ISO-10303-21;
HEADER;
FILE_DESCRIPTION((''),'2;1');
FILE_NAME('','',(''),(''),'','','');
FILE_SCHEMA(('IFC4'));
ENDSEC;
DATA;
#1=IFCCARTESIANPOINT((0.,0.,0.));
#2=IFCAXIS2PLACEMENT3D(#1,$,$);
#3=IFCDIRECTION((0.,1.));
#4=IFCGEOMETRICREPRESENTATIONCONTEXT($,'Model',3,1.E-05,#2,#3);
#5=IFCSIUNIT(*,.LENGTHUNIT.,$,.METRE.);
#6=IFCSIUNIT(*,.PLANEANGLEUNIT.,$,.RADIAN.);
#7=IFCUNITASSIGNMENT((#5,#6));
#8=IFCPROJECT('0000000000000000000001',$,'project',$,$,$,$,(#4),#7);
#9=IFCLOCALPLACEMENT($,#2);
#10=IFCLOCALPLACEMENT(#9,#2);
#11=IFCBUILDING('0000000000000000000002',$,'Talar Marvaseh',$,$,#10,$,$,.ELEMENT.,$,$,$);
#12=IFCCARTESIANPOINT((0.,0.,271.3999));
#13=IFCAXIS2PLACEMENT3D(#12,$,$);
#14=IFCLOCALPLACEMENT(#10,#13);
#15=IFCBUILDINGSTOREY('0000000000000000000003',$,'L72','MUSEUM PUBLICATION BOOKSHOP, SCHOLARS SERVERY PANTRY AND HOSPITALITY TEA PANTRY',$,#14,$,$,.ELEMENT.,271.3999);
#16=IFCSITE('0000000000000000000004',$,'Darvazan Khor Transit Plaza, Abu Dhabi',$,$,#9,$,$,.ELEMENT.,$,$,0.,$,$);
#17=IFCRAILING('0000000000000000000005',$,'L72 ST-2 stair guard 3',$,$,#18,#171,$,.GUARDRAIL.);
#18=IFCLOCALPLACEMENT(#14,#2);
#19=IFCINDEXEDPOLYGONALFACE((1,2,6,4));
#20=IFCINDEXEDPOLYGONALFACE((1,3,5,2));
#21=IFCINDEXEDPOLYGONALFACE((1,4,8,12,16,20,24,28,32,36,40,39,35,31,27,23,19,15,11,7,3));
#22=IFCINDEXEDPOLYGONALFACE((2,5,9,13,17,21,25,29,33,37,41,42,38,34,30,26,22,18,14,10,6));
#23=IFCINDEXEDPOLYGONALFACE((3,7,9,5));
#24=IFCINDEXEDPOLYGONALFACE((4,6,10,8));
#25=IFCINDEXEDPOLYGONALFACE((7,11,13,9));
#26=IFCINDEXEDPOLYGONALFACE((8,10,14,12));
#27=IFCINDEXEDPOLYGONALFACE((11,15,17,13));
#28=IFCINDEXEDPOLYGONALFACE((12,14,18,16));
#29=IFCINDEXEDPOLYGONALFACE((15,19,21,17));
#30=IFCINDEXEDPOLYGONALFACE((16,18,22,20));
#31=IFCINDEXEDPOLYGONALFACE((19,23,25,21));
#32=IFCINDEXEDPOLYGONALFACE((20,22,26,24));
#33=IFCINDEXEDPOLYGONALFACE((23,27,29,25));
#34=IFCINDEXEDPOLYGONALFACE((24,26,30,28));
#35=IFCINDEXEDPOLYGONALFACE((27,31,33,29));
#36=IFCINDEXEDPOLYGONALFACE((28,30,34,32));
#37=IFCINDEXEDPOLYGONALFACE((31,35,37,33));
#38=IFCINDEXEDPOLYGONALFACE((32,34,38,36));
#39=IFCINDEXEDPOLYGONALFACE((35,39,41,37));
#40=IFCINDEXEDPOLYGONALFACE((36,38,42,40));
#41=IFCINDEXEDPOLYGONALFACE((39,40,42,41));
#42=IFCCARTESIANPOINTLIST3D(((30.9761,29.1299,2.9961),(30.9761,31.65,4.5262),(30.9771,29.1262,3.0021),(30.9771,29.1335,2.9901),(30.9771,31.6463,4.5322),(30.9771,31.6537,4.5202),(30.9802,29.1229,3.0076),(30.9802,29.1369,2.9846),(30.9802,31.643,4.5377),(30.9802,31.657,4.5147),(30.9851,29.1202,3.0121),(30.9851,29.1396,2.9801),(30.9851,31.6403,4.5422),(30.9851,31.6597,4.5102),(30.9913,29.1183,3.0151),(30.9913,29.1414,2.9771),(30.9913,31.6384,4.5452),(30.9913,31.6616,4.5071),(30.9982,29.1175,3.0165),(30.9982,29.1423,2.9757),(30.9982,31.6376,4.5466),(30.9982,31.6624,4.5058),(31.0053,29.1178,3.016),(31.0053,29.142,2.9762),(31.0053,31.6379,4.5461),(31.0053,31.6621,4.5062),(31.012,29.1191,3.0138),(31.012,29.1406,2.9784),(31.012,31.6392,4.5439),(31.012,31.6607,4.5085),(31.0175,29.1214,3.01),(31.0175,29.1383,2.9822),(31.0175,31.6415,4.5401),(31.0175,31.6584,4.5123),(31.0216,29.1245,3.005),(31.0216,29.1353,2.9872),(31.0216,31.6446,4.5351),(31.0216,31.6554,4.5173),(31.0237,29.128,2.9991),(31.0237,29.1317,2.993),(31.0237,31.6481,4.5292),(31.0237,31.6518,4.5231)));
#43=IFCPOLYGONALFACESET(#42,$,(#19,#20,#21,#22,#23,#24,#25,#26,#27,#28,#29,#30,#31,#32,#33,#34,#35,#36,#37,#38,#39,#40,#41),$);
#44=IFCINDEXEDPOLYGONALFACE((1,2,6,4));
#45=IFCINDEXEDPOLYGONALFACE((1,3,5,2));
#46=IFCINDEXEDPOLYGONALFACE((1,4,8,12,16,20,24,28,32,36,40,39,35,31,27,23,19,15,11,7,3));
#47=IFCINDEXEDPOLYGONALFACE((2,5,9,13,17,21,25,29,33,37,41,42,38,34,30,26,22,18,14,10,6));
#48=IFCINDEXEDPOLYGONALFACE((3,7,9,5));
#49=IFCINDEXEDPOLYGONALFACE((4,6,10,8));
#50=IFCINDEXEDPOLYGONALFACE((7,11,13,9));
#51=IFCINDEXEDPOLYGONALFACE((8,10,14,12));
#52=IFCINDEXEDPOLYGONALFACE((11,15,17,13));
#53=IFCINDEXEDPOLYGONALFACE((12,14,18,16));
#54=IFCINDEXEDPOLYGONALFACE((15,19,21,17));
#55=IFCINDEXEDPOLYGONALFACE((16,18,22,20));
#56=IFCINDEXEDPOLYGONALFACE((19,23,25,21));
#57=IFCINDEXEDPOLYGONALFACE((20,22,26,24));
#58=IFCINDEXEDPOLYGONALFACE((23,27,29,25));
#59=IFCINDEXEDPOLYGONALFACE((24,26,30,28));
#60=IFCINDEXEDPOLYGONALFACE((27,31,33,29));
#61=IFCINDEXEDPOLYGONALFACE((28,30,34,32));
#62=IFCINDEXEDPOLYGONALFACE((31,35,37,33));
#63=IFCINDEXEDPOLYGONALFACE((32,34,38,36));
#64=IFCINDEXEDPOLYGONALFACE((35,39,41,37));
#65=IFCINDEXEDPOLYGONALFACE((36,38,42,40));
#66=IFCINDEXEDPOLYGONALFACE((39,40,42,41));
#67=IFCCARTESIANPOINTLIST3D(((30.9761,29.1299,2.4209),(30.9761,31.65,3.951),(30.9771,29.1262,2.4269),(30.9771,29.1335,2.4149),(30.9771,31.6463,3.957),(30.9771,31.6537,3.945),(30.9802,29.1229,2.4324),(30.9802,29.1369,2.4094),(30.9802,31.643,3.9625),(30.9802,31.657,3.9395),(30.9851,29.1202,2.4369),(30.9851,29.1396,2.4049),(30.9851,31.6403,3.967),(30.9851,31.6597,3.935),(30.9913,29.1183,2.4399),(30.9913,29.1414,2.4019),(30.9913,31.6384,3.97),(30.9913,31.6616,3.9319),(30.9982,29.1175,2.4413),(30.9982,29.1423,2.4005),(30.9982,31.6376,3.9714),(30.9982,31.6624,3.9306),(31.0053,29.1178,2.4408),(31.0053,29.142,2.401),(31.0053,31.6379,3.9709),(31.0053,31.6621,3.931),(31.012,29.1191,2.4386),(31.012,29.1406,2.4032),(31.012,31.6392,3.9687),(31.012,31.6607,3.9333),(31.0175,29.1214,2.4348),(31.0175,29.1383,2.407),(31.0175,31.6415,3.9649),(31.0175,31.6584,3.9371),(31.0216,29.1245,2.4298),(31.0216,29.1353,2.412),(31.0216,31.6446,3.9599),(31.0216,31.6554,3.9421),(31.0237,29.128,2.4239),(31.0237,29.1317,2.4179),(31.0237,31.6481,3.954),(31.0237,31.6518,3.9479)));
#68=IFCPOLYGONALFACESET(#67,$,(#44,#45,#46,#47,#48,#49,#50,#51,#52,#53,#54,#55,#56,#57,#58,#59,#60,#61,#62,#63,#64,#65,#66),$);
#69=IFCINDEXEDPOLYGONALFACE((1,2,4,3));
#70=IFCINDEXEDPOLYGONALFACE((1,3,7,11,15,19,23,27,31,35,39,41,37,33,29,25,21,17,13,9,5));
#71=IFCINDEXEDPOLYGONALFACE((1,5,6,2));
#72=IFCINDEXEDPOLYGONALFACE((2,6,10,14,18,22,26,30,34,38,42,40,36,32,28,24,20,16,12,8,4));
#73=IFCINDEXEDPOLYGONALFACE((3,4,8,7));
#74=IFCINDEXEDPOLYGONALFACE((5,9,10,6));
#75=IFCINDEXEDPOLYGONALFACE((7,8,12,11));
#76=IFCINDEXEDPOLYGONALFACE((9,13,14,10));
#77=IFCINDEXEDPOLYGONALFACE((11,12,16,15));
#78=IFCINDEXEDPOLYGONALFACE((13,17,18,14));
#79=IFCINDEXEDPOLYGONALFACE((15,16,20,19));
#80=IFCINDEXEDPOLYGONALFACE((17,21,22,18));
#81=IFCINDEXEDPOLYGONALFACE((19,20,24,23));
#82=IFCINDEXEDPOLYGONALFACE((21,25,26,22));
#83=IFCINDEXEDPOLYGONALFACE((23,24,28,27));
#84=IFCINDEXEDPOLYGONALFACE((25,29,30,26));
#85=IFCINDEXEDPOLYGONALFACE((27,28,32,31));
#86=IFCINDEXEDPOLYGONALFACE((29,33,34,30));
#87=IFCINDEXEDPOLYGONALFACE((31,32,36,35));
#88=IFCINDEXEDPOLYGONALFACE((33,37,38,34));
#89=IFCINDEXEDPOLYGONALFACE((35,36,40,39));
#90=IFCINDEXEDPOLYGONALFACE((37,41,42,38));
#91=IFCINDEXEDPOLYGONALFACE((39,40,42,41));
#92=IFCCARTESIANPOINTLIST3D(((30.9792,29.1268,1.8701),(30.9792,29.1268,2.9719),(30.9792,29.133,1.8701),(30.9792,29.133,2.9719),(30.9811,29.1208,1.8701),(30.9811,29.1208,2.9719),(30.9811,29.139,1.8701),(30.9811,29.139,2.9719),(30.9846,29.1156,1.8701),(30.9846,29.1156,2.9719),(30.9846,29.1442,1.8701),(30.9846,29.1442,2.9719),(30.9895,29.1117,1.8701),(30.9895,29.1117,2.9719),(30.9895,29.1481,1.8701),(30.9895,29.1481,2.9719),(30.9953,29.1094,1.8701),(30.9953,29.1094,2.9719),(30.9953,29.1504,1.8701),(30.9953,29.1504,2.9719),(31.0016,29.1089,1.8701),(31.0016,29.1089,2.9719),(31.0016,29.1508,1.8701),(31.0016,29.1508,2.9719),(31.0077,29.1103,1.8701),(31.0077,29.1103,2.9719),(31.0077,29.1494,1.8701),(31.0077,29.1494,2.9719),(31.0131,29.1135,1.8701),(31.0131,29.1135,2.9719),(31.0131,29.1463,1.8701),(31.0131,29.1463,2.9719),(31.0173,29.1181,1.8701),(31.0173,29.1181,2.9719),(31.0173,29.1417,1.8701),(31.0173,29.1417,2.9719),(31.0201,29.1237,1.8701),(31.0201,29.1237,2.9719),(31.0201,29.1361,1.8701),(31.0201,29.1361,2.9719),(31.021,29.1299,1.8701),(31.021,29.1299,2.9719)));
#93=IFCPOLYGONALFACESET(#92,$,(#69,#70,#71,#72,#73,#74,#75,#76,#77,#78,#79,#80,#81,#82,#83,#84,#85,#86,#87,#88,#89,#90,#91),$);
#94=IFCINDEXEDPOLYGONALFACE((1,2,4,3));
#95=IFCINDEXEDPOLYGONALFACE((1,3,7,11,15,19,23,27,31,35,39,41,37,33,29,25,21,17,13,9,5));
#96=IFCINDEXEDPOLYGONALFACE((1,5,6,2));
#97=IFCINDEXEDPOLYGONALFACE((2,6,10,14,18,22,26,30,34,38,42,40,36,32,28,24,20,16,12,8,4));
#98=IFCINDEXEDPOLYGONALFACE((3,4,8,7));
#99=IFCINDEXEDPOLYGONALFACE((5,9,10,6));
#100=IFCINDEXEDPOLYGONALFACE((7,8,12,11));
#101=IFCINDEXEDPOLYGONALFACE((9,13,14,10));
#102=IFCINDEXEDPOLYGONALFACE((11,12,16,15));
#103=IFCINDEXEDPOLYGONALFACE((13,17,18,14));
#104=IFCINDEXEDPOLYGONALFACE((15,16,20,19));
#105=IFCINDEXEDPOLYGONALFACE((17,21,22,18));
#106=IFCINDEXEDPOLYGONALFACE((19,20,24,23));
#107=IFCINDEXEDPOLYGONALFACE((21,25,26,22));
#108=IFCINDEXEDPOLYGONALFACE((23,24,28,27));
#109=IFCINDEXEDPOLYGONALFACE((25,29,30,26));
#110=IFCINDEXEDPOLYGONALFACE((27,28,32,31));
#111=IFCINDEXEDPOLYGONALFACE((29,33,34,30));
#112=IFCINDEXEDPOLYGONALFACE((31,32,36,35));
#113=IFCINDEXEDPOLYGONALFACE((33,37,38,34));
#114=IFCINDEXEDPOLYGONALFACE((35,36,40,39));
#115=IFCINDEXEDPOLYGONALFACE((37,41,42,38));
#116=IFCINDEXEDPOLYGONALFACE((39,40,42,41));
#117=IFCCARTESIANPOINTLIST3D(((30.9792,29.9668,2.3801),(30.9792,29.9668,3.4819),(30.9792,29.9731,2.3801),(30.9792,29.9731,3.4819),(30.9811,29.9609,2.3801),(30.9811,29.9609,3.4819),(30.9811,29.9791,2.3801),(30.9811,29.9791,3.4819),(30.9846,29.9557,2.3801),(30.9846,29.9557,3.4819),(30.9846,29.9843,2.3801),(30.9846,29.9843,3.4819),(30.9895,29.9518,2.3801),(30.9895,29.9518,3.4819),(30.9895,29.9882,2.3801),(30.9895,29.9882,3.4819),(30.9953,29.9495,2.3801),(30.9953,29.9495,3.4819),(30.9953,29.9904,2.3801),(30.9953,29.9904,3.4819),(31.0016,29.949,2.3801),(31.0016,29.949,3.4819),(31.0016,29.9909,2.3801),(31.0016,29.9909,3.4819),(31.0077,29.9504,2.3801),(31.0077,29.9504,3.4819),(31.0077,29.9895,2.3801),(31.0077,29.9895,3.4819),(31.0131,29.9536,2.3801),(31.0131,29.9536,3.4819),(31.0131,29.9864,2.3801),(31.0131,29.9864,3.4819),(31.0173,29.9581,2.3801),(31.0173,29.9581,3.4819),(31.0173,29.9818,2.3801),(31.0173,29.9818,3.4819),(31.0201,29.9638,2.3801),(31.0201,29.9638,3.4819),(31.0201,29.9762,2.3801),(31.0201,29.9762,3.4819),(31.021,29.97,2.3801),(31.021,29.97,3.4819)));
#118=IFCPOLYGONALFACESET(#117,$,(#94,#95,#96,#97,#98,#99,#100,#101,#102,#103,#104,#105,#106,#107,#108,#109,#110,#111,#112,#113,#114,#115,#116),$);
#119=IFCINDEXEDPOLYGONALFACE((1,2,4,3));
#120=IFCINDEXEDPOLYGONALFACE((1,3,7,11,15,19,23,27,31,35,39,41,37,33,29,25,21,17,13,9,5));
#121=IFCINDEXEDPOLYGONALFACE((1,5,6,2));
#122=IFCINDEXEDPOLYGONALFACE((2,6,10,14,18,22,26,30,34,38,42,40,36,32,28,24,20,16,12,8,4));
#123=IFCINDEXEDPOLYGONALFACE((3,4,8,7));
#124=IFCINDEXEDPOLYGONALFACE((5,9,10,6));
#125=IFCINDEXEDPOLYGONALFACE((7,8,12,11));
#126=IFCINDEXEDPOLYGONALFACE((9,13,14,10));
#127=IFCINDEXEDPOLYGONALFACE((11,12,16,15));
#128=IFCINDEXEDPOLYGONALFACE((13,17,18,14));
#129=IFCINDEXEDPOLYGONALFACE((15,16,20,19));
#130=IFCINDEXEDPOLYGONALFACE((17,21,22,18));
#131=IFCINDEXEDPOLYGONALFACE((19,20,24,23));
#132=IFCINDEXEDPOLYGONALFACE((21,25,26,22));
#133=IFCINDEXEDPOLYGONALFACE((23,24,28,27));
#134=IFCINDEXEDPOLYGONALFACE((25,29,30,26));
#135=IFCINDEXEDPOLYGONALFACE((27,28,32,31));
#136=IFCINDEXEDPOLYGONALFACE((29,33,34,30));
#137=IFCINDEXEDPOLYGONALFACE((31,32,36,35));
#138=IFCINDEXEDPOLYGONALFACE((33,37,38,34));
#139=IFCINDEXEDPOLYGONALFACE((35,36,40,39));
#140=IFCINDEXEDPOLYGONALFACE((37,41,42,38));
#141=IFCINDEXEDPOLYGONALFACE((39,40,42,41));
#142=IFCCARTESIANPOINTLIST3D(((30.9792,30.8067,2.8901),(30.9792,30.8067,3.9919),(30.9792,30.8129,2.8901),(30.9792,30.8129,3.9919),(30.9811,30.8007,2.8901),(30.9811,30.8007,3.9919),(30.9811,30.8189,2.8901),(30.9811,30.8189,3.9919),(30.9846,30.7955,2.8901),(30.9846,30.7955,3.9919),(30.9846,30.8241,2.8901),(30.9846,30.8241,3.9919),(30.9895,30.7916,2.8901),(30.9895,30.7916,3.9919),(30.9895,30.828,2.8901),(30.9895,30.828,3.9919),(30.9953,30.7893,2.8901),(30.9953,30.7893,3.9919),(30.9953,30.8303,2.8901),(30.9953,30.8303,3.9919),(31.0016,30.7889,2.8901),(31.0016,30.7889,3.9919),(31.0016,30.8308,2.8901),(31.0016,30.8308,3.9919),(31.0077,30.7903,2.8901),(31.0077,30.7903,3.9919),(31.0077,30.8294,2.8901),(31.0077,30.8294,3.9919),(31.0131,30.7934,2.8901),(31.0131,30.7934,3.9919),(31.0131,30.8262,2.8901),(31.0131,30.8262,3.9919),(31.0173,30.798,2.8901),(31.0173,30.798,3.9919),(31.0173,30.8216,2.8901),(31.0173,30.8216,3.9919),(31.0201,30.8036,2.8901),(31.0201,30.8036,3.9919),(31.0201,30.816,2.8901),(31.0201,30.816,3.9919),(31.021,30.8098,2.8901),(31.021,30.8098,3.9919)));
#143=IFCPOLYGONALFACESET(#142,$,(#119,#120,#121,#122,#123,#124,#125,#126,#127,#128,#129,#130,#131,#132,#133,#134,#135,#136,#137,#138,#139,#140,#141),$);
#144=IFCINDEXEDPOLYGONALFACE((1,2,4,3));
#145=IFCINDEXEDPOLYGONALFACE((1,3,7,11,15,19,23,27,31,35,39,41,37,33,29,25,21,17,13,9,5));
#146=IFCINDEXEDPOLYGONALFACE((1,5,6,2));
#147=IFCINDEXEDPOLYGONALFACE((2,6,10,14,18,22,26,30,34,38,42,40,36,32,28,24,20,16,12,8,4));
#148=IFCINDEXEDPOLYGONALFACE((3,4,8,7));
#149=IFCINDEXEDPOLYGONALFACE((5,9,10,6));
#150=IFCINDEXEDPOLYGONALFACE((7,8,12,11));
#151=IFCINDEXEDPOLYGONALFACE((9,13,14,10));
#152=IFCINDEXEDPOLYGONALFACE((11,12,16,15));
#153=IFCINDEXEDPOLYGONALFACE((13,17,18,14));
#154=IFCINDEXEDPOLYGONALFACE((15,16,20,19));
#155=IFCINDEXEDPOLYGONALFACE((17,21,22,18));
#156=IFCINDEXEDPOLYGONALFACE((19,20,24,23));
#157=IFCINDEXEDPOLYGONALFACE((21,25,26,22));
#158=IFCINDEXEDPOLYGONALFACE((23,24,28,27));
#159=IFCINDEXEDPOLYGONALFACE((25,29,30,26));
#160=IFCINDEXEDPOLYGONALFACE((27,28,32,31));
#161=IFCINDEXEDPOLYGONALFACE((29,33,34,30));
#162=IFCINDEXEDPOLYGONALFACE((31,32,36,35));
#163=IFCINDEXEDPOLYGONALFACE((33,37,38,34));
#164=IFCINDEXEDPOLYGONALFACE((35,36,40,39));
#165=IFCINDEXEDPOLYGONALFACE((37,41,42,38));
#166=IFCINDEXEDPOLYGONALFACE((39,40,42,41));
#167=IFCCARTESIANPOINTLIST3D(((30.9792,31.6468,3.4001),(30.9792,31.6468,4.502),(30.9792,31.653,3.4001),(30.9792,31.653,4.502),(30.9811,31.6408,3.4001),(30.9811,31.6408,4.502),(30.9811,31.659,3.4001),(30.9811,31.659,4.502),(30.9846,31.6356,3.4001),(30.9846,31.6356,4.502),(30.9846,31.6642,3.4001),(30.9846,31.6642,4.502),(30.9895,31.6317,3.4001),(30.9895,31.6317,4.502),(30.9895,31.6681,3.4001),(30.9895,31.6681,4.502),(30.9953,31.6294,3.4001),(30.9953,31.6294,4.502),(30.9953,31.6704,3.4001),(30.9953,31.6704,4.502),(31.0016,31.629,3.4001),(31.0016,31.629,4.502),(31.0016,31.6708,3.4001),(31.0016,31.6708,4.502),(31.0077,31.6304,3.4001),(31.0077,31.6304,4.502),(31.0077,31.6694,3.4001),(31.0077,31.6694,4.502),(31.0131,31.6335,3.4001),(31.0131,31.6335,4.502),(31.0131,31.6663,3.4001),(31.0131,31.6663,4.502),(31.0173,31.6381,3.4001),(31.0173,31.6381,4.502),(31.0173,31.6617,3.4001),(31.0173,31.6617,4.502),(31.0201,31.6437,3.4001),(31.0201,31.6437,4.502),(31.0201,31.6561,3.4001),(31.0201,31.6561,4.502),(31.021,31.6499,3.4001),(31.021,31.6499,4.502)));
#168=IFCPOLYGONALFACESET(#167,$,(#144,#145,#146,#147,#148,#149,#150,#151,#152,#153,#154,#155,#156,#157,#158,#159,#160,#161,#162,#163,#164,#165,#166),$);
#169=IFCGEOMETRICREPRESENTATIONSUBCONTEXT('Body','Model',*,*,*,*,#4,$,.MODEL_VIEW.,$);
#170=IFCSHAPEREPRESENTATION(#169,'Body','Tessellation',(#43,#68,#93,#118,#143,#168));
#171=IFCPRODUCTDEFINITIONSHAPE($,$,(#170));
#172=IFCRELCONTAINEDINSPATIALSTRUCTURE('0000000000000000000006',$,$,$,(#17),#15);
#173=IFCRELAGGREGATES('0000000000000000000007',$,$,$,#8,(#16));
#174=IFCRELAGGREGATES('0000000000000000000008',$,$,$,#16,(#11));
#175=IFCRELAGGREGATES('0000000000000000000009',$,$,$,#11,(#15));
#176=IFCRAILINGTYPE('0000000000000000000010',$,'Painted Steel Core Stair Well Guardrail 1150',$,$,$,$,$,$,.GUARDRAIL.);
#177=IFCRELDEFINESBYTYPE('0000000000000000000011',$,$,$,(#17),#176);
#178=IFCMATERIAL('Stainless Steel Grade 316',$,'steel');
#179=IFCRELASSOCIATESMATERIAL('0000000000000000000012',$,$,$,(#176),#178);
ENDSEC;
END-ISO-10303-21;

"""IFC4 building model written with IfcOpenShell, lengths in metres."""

from ifc_helpers import new_model, si_unit, direction, frame, origin, origin_2d, place, context, subcontext, project, spatial, circle, extrude, material, type_object, element, save


model = new_model("IFC4")

# Units and contexts
model_context = context("Model", 3, precision=1e-05, world=origin(), true_north=direction((0.0, 1.0)))
body_context = subcontext(model_context, "Body", "Model", "MODEL_VIEW")
ifc_project = project(units=[si_unit("LENGTHUNIT", "METRE"), si_unit("PLANEANGLEUNIT", "RADIAN")], contexts=[model_context])

# Site, building, storey
site_placement = place(None, origin())
site = spatial("IfcSite", under=ifc_project, at=site_placement, Name="Darvazan Khor Transit Plaza, Abu Dhabi", CompositionType="ELEMENT", RefElevation=0.0)
building_placement = place(site_placement, origin())
building = spatial("IfcBuilding", under=site, at=building_placement, Name="Talar Marvaseh", CompositionType="ELEMENT")
storey_placement = place(building_placement, frame((0.0, 0.0, 271.3999)))
storey = spatial("IfcBuildingStorey", under=building, at=storey_placement, Name="L72", Description="MUSEUM PUBLICATION BOOKSHOP, SCHOLARS SERVERY PANTRY AND HOSPITALITY TEA PANTRY", CompositionType="ELEMENT", Elevation=271.3999)

# Shared definitions
ifc_material_1 = material(Name="Stainless Steel Grade 316", Category="steel")

# Railing
railing_type_1 = type_object("IfcRailingType", Name="Painted Steel Core Stair Well Guardrail 1150", PredefinedType="GUARDRAIL", material=ifc_material_1)
railing_1_placement = place(storey_placement, frame((31.0, 29.1299, 1.8701)))
element("IfcRailing", 1, at=railing_1_placement, inside=storey, type_object=railing_type_1, Name="L72 ST-2 stair guard 3", PredefinedType="GUARDRAIL", context=body_context, shape_type="SweptSolid", body=[
    extrude(circle(Radius=0.0239, at=origin_2d()), frame((0.0, 0.0, 1.126), z_axis=(0.0, 0.854785, 0.518982), x_axis=(-1.0, 0.0, 0.0)), (0.0, 0.0, 1.0), 2.9482),
    extrude(circle(Radius=0.0239, at=origin_2d()), frame((0.0, 0.0, 0.5508), z_axis=(0.0, 0.854785, 0.518982), x_axis=(-1.0, 0.0, 0.0)), (0.0, 0.0, 1.0), 2.9482),
    extrude(circle(Radius=0.021, at=origin_2d()), origin(), (0.0, 0.0, 1.0), 1.1018),
    extrude(circle(Radius=0.021, at=origin_2d()), frame((0.0, 0.8401, 0.51)), (0.0, 0.0, 1.0), 1.1018),
    extrude(circle(Radius=0.021, at=origin_2d()), frame((0.0, 1.6799, 1.02)), (0.0, 0.0, 1.0), 1.1018),
    extrude(circle(Radius=0.021, at=origin_2d()), frame((0.0, 2.52, 1.53)), (0.0, 0.0, 1.0), 1.1018),
])

save(model, "model.ifc")
